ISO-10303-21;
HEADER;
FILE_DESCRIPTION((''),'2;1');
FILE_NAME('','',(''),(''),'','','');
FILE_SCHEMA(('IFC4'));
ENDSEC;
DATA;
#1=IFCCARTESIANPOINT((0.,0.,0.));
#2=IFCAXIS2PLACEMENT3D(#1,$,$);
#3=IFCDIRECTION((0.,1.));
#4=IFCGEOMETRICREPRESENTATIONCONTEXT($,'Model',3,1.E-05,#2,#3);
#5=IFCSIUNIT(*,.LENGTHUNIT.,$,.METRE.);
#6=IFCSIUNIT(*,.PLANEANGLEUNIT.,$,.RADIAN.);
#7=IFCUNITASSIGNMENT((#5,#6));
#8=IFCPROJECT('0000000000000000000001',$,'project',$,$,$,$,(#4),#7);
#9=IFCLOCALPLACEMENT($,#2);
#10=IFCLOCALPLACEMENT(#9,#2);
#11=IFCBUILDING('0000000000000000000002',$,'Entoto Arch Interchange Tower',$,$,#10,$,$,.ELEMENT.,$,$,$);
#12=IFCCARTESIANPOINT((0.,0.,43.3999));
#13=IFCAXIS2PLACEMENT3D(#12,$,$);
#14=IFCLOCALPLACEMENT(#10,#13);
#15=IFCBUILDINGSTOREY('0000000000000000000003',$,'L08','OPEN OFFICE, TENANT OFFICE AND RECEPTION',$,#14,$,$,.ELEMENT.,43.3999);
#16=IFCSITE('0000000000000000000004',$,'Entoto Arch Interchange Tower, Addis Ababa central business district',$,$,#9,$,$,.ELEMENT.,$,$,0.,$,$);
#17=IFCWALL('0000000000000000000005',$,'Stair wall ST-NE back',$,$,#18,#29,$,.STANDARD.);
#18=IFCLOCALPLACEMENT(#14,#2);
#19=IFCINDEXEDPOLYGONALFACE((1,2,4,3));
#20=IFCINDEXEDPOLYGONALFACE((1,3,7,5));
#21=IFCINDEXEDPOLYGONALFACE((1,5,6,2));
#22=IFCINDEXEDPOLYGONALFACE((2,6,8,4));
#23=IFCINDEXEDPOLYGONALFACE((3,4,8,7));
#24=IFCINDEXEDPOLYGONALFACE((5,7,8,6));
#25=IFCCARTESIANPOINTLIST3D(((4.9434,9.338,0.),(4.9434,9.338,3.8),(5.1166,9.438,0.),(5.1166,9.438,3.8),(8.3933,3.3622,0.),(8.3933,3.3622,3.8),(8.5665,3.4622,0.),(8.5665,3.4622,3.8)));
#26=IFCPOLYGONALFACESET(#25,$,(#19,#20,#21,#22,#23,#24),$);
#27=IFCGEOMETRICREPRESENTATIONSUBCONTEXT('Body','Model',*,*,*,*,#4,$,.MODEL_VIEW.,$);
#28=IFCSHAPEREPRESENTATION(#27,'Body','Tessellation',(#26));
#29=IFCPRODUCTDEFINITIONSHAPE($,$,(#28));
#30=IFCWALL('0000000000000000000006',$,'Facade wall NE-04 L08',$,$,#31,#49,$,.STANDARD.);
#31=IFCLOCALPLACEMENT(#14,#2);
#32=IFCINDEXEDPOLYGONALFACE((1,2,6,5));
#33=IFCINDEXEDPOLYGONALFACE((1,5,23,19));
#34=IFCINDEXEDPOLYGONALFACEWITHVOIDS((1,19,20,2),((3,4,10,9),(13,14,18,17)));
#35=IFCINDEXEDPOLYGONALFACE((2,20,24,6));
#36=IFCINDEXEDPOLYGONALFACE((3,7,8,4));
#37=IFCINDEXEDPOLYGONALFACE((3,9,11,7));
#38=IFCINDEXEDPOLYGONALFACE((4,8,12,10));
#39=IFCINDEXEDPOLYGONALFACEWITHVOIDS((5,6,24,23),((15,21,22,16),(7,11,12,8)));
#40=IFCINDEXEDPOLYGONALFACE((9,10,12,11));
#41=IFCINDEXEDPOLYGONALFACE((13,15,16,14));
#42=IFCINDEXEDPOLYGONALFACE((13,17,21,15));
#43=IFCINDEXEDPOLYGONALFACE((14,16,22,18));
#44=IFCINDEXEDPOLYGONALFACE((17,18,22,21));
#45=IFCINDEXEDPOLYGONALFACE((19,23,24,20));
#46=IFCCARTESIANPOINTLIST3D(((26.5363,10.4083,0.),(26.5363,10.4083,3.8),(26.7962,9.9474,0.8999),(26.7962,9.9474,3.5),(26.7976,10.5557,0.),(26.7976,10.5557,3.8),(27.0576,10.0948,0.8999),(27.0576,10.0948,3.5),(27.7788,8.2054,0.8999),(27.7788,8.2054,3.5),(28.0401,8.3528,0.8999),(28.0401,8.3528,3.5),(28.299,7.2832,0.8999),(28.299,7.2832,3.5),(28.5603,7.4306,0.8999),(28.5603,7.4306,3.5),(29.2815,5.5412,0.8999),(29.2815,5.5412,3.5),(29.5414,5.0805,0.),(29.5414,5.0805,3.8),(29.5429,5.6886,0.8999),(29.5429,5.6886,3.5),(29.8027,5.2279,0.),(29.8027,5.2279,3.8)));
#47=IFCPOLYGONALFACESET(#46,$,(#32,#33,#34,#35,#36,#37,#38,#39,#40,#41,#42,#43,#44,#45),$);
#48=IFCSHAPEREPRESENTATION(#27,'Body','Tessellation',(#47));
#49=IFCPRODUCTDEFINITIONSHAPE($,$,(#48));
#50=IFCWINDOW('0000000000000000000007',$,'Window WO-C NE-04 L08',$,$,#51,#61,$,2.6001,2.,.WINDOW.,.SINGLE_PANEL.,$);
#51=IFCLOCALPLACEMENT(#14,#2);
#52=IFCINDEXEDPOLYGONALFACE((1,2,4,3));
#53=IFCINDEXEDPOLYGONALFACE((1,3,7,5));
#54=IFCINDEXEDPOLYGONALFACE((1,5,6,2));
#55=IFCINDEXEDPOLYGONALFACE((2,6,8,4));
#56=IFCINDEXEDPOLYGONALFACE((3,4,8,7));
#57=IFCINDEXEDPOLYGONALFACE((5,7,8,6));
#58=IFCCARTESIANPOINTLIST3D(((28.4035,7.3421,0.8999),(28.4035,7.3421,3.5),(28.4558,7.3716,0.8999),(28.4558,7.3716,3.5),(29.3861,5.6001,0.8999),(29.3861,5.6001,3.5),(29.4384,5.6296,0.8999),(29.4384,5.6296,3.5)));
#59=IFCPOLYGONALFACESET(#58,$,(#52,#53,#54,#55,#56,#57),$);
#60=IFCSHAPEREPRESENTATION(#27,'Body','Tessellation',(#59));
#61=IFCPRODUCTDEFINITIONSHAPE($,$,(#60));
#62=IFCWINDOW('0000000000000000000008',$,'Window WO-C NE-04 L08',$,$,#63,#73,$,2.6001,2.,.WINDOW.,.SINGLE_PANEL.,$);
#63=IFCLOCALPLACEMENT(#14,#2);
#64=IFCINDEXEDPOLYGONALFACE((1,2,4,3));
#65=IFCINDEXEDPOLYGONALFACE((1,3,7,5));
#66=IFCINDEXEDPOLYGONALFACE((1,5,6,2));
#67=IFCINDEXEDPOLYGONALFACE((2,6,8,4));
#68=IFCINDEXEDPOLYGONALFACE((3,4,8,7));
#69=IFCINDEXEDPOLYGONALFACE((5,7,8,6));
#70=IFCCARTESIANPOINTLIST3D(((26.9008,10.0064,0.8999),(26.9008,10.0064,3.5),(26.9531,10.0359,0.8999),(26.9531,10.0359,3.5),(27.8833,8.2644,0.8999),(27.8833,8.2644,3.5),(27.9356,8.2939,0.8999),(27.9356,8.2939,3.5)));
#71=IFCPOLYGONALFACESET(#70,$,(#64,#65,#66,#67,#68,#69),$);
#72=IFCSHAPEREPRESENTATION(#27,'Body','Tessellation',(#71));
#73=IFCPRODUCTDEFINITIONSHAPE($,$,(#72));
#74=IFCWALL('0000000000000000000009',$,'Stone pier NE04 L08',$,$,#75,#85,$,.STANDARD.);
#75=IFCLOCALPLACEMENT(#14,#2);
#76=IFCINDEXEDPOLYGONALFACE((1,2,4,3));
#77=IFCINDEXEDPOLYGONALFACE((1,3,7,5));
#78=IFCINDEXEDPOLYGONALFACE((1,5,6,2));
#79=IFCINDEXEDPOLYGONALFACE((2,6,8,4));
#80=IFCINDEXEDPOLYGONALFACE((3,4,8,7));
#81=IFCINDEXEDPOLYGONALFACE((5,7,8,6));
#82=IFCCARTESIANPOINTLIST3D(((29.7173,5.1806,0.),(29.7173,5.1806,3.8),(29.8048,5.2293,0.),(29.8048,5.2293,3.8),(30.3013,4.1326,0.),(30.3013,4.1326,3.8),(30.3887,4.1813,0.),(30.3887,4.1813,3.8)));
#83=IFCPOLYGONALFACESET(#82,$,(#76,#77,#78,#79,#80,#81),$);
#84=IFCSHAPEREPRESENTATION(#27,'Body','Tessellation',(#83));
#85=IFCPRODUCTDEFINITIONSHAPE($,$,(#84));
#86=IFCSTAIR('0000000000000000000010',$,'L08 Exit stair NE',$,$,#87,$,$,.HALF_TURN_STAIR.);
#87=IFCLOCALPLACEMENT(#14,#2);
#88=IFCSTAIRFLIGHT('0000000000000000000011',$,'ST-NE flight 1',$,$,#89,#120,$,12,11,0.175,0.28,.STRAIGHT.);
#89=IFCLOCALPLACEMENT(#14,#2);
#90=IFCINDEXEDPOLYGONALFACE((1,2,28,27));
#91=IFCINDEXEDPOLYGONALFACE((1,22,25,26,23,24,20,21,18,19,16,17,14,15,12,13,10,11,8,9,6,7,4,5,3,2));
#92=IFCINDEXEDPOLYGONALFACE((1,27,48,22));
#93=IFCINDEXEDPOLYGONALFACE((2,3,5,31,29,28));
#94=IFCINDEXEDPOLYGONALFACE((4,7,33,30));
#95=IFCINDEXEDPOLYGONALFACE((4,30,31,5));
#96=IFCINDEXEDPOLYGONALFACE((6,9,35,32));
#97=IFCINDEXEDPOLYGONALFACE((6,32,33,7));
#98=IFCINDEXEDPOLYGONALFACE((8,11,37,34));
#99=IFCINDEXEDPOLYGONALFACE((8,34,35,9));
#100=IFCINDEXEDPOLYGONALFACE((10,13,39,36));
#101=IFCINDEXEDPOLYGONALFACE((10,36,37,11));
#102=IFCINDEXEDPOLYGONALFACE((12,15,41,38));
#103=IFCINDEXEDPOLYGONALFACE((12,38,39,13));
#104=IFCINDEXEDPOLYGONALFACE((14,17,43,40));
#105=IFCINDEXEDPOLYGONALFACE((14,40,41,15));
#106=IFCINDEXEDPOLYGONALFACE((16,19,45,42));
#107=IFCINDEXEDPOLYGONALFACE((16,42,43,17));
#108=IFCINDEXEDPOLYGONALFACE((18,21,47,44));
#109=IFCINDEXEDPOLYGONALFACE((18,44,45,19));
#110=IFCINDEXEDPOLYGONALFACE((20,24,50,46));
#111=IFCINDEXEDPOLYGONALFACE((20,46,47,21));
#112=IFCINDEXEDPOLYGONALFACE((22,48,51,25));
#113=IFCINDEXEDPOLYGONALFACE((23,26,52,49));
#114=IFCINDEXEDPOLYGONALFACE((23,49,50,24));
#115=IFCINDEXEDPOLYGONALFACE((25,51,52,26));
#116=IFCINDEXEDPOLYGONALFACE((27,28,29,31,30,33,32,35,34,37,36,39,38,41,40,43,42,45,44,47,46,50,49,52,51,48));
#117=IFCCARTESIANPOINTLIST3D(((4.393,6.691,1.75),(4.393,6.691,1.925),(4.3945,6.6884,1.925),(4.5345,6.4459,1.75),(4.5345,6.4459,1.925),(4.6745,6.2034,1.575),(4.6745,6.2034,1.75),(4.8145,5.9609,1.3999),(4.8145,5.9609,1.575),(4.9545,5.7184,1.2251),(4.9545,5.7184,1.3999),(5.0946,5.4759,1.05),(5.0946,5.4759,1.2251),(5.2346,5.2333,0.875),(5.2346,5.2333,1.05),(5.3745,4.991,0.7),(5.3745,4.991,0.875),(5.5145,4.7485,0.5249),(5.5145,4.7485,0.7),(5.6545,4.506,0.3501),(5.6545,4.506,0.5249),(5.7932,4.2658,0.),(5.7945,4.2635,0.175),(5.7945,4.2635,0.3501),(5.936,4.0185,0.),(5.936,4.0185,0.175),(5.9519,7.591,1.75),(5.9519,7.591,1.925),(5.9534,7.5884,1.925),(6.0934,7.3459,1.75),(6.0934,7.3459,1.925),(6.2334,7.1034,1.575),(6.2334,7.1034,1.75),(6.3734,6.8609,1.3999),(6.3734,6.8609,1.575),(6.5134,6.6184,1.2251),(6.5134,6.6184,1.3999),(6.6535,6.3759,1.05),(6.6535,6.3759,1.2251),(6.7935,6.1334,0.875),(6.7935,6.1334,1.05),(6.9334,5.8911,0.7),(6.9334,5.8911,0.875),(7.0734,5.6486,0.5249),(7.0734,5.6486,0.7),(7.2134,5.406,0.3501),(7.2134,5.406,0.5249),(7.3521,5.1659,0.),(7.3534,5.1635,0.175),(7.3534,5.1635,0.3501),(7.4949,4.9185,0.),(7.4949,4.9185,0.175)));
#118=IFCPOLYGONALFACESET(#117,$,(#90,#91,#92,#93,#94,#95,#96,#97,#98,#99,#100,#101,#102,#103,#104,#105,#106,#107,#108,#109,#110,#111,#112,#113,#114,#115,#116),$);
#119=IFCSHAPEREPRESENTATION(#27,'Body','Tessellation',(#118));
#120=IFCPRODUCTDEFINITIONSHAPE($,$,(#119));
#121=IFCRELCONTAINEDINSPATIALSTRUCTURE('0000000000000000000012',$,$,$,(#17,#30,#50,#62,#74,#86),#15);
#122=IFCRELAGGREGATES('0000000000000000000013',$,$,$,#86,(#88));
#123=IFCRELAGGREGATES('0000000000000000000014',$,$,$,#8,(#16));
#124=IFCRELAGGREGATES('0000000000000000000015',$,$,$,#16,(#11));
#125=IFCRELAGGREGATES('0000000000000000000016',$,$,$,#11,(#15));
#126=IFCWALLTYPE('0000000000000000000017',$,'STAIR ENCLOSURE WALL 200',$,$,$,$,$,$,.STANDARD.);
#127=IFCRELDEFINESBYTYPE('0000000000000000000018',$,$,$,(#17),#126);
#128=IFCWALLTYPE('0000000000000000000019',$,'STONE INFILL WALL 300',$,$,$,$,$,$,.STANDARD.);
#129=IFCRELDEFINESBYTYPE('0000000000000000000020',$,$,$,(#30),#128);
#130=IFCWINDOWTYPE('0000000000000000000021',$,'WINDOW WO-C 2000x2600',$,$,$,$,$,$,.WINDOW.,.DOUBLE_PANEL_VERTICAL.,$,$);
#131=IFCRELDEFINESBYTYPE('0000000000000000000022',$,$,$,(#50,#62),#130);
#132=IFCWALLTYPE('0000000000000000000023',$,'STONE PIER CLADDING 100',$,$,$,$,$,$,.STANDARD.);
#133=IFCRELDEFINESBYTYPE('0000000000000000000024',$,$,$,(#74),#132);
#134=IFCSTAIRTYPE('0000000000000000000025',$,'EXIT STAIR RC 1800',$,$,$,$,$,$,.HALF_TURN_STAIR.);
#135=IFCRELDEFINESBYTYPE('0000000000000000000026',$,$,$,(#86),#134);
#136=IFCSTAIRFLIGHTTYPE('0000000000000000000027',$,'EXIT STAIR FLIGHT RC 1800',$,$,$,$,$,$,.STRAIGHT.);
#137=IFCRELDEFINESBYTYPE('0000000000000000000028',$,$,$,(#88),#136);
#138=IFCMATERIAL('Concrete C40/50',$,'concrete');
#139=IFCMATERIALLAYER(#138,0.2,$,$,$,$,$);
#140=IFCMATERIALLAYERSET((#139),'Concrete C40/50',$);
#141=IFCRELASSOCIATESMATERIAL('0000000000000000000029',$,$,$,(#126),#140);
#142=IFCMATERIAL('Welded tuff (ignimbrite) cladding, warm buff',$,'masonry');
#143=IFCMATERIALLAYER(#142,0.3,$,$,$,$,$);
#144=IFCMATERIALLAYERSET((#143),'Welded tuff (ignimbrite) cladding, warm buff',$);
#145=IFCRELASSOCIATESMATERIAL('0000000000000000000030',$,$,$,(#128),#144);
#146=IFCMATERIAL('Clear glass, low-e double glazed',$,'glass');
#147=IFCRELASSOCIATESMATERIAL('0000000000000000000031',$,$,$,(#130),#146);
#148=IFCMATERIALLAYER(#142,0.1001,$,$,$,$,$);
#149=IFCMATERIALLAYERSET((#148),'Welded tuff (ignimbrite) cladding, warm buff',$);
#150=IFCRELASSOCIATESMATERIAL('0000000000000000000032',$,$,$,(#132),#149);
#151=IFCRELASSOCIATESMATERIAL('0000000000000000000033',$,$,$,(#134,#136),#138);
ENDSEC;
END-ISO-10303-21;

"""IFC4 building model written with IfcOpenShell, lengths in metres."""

from ifc_helpers import new_model, si_unit, direction, frame, frame_2d, origin, place, context, subcontext, project, spatial, polyline, rectangle, outline, extrude, material, layer, layer_set, type_object, element, fill, aggregate, save


model = new_model("IFC4")

# Units and contexts
model_context = context("Model", 3, precision=1e-05, world=origin(), true_north=direction((0.0, 1.0)))
body_context = subcontext(model_context, "Body", "Model", "MODEL_VIEW")
ifc_project = project(units=[si_unit("LENGTHUNIT", "METRE"), si_unit("PLANEANGLEUNIT", "RADIAN")], contexts=[model_context])

# Site, building, storey
site_placement = place(None, origin())
site = spatial("IfcSite", under=ifc_project, at=site_placement, Name="Entoto Arch Interchange Tower, Addis Ababa central business district", CompositionType="ELEMENT", RefElevation=0.0)
building_placement = place(site_placement, origin())
building = spatial("IfcBuilding", under=site, at=building_placement, Name="Entoto Arch Interchange Tower", CompositionType="ELEMENT")
storey_placement = place(building_placement, frame((0.0, 0.0, 43.3999)))
storey = spatial("IfcBuildingStorey", under=building, at=storey_placement, Name="L08", Description="OPEN OFFICE, TENANT OFFICE AND RECEPTION", CompositionType="ELEMENT", Elevation=43.3999)

# Shared definitions
ifc_material_1 = material(Name="Concrete C40/50", Category="concrete")

# Shared definitions
ifc_layer_1 = layer(ifc_material_1, 0.2)
ifc_layer_set_1 = layer_set([ifc_layer_1], Name="Concrete C40/50")
wall_type_1 = type_object("IfcWallType", Name="STAIR ENCLOSURE WALL 200", PredefinedType="STANDARD", material=ifc_layer_set_1)

# Wall
wall_1_placement = place(storey_placement, frame((8.48, 3.4121, 0.0), z_axis=(0.0, 0.0, 1.0), x_axis=(-0.499979, 0.866038, 0.0)))
element("IfcWall", 1, at=wall_1_placement, inside=storey, type_object=wall_type_1, Name="Stair wall ST-NE back", PredefinedType="STANDARD", context=body_context, shape_type="SweptSolid", body=[
    extrude(rectangle(XDim=6.9001, YDim=0.2, at=frame_2d((3.4502, 0.0))), origin(), (0.0, 0.0, 1.0), 3.8),
])

# Wall, openings, windows
ifc_material_2 = material(Name="Welded tuff (ignimbrite) cladding, warm buff", Category="masonry")
ifc_layer_2 = layer(ifc_material_2, 0.3)
ifc_layer_set_2 = layer_set([ifc_layer_2], Name="Welded tuff (ignimbrite) cladding, warm buff")
wall_type_2 = type_object("IfcWallType", Name="STONE INFILL WALL 300", PredefinedType="STANDARD", material=ifc_layer_set_2)
wall_2_placement = place(storey_placement, frame((29.6721, 5.1541, 0.0), z_axis=(0.0, 0.0, 1.0), x_axis=(-0.491278, 0.871003, 0.0)))
wall_2 = element("IfcWall", 2, at=wall_2_placement, inside=storey, type_object=wall_type_2, Name="Facade wall NE-04 L08", PredefinedType="STANDARD", context=body_context, shape_type="SweptSolid", body=[
    extrude(rectangle(XDim=6.1169, YDim=0.3, at=frame_2d((3.0586, 0.0))), origin(), (0.0, 0.0, 1.0), 3.8),
])
opening_1_placement = place(wall_2_placement, frame((0.5291, 0.0, 0.8999)))
opening_1 = element("IfcOpeningElement", 3, at=opening_1_placement, cuts=wall_2, PredefinedType="OPENING", context=body_context, shape_type="SweptSolid", body=[
    extrude(rectangle(XDim=2.0, YDim=2.6001, at=frame_2d((1.0, 1.3))), frame((0.0, 0.1602, 0.0), z_axis=(0.0, -1.0, 0.0), x_axis=(1.0, 0.0, 0.0)), (0.0, 0.0, 1.0), 0.3201),
])
opening_2_placement = place(wall_2_placement, frame((3.5879, 0.0, 0.8999)))
opening_2 = element("IfcOpeningElement", 4, at=opening_2_placement, cuts=wall_2, PredefinedType="OPENING", context=body_context, shape_type="SweptSolid", body=[
    extrude(rectangle(XDim=2.0, YDim=2.6001, at=frame_2d((1.0, 1.3))), frame((0.0, 0.1602, 0.0), z_axis=(0.0, -1.0, 0.0), x_axis=(1.0, 0.0, 0.0)), (0.0, 0.0, 1.0), 0.3201),
])
ifc_material_3 = material(Name="Clear glass, low-e double glazed", Category="glass")
window_type = type_object("IfcWindowType", Name="WINDOW WO-C 2000x2600", PartitioningType="DOUBLE_PANEL_VERTICAL", PredefinedType="WINDOW", material=ifc_material_3)
window_1_placement = place(opening_1_placement, origin())
window_1 = element("IfcWindow", 5, at=window_1_placement, inside=storey, type_object=window_type, Name="Window WO-C NE-04 L08", OverallHeight=2.6001, OverallWidth=2.0, PartitioningType="SINGLE_PANEL", PredefinedType="WINDOW", context=body_context, shape_type="SweptSolid", body=[
    extrude(rectangle(XDim=2.0, YDim=2.6001, at=frame_2d((1.0, 1.3))), frame((0.0, 0.03, 0.0), z_axis=(0.0, -1.0, 0.0), x_axis=(1.0, 0.0, 0.0)), (0.0, 0.0, 1.0), 0.0601),
])
fill(opening_1, window_1)
window_2_placement = place(opening_2_placement, origin())
window_2 = element("IfcWindow", 6, at=window_2_placement, inside=storey, type_object=window_type, Name="Window WO-C NE-04 L08", OverallHeight=2.6001, OverallWidth=2.0, PartitioningType="SINGLE_PANEL", PredefinedType="WINDOW", context=body_context, shape_type="SweptSolid", body=[
    extrude(rectangle(XDim=2.0, YDim=2.6001, at=frame_2d((1.0, 1.3))), frame((0.0, 0.03, 0.0), z_axis=(0.0, -1.0, 0.0), x_axis=(1.0, 0.0, 0.0)), (0.0, 0.0, 1.0), 0.0601),
])
fill(opening_2, window_2)

# Wall
ifc_layer_3 = layer(ifc_material_2, 0.1001)
ifc_layer_set_3 = layer_set([ifc_layer_3], Name="Welded tuff (ignimbrite) cladding, warm buff")
wall_type_3 = type_object("IfcWallType", Name="STONE PIER CLADDING 100", PredefinedType="STANDARD", material=ifc_layer_set_3)
wall_3_placement = place(storey_placement, frame((30.345, 4.157, 0.0), z_axis=(0.0, 0.0, 1.0), x_axis=(-0.486731, 0.873552, 0.0)))
element("IfcWall", 7, at=wall_3_placement, inside=storey, type_object=wall_type_3, Name="Stone pier NE04 L08", PredefinedType="STANDARD", context=body_context, shape_type="SweptSolid", body=[
    extrude(rectangle(XDim=1.1997, YDim=0.1001, at=frame_2d((0.5999, 0.0))), origin(), (0.0, 0.0, 1.0), 3.8),
])

# Stair, stair flight
stair_type = type_object("IfcStairType", Name="EXIT STAIR RC 1800", PredefinedType="HALF_TURN_STAIR", material=ifc_material_1)
stair_placement = place(storey_placement, origin())
stair = element("IfcStair", 8, at=stair_placement, inside=storey, type_object=stair_type, Name="L08 Exit stair NE", PredefinedType="HALF_TURN_STAIR")
stair_flight_type = type_object("IfcStairFlightType", Name="EXIT STAIR FLIGHT RC 1800", PredefinedType="STRAIGHT", material=ifc_material_1)
stair_flight_placement = place(storey_placement, frame((6.7139, 4.4709, 0.0), z_axis=(0.0, 0.0, 1.0), x_axis=(-0.5, 0.866025, 0.0)))
stair_flight = element("IfcStairFlight", 9, at=stair_flight_placement, type_object=stair_flight_type, Name="ST-NE flight 1", NumberOfRisers=12, NumberOfTreads=11, PredefinedType="STRAIGHT", RiserHeight=0.175, TreadLength=0.28, context=body_context, shape_type="SweptSolid", body=[
    extrude(outline(polyline([(-0.0029, 0.0), (-0.0029, 0.175), (0.28, 0.175), (0.28, 0.3501), (0.5601, 0.3501), (0.5601, 0.5249), (0.8401, 0.5249), (0.8401, 0.7), (1.1201, 0.7), (1.1201, 0.875), (1.3999, 0.875), (1.3999, 1.05), (1.6799, 1.05), (1.6799, 1.2251), (1.96, 1.2251), (1.96, 1.3999), (2.24, 1.3999), (2.24, 1.575), (2.52, 1.575), (2.52, 1.75), (2.8, 1.75), (2.8, 1.925), (3.0801, 1.925), (3.083, 1.925), (3.083, 1.75), (0.2827, 0.0), (-0.0029, 0.0)])), frame((0.0, 0.8999, 0.0), z_axis=(0.0, -1.0, 0.0), x_axis=(1.0, 0.0, 0.0)), (0.0, 0.0, 1.0), 1.8),
])
aggregate(stair, [stair_flight])

save(model, "model.ifc")
